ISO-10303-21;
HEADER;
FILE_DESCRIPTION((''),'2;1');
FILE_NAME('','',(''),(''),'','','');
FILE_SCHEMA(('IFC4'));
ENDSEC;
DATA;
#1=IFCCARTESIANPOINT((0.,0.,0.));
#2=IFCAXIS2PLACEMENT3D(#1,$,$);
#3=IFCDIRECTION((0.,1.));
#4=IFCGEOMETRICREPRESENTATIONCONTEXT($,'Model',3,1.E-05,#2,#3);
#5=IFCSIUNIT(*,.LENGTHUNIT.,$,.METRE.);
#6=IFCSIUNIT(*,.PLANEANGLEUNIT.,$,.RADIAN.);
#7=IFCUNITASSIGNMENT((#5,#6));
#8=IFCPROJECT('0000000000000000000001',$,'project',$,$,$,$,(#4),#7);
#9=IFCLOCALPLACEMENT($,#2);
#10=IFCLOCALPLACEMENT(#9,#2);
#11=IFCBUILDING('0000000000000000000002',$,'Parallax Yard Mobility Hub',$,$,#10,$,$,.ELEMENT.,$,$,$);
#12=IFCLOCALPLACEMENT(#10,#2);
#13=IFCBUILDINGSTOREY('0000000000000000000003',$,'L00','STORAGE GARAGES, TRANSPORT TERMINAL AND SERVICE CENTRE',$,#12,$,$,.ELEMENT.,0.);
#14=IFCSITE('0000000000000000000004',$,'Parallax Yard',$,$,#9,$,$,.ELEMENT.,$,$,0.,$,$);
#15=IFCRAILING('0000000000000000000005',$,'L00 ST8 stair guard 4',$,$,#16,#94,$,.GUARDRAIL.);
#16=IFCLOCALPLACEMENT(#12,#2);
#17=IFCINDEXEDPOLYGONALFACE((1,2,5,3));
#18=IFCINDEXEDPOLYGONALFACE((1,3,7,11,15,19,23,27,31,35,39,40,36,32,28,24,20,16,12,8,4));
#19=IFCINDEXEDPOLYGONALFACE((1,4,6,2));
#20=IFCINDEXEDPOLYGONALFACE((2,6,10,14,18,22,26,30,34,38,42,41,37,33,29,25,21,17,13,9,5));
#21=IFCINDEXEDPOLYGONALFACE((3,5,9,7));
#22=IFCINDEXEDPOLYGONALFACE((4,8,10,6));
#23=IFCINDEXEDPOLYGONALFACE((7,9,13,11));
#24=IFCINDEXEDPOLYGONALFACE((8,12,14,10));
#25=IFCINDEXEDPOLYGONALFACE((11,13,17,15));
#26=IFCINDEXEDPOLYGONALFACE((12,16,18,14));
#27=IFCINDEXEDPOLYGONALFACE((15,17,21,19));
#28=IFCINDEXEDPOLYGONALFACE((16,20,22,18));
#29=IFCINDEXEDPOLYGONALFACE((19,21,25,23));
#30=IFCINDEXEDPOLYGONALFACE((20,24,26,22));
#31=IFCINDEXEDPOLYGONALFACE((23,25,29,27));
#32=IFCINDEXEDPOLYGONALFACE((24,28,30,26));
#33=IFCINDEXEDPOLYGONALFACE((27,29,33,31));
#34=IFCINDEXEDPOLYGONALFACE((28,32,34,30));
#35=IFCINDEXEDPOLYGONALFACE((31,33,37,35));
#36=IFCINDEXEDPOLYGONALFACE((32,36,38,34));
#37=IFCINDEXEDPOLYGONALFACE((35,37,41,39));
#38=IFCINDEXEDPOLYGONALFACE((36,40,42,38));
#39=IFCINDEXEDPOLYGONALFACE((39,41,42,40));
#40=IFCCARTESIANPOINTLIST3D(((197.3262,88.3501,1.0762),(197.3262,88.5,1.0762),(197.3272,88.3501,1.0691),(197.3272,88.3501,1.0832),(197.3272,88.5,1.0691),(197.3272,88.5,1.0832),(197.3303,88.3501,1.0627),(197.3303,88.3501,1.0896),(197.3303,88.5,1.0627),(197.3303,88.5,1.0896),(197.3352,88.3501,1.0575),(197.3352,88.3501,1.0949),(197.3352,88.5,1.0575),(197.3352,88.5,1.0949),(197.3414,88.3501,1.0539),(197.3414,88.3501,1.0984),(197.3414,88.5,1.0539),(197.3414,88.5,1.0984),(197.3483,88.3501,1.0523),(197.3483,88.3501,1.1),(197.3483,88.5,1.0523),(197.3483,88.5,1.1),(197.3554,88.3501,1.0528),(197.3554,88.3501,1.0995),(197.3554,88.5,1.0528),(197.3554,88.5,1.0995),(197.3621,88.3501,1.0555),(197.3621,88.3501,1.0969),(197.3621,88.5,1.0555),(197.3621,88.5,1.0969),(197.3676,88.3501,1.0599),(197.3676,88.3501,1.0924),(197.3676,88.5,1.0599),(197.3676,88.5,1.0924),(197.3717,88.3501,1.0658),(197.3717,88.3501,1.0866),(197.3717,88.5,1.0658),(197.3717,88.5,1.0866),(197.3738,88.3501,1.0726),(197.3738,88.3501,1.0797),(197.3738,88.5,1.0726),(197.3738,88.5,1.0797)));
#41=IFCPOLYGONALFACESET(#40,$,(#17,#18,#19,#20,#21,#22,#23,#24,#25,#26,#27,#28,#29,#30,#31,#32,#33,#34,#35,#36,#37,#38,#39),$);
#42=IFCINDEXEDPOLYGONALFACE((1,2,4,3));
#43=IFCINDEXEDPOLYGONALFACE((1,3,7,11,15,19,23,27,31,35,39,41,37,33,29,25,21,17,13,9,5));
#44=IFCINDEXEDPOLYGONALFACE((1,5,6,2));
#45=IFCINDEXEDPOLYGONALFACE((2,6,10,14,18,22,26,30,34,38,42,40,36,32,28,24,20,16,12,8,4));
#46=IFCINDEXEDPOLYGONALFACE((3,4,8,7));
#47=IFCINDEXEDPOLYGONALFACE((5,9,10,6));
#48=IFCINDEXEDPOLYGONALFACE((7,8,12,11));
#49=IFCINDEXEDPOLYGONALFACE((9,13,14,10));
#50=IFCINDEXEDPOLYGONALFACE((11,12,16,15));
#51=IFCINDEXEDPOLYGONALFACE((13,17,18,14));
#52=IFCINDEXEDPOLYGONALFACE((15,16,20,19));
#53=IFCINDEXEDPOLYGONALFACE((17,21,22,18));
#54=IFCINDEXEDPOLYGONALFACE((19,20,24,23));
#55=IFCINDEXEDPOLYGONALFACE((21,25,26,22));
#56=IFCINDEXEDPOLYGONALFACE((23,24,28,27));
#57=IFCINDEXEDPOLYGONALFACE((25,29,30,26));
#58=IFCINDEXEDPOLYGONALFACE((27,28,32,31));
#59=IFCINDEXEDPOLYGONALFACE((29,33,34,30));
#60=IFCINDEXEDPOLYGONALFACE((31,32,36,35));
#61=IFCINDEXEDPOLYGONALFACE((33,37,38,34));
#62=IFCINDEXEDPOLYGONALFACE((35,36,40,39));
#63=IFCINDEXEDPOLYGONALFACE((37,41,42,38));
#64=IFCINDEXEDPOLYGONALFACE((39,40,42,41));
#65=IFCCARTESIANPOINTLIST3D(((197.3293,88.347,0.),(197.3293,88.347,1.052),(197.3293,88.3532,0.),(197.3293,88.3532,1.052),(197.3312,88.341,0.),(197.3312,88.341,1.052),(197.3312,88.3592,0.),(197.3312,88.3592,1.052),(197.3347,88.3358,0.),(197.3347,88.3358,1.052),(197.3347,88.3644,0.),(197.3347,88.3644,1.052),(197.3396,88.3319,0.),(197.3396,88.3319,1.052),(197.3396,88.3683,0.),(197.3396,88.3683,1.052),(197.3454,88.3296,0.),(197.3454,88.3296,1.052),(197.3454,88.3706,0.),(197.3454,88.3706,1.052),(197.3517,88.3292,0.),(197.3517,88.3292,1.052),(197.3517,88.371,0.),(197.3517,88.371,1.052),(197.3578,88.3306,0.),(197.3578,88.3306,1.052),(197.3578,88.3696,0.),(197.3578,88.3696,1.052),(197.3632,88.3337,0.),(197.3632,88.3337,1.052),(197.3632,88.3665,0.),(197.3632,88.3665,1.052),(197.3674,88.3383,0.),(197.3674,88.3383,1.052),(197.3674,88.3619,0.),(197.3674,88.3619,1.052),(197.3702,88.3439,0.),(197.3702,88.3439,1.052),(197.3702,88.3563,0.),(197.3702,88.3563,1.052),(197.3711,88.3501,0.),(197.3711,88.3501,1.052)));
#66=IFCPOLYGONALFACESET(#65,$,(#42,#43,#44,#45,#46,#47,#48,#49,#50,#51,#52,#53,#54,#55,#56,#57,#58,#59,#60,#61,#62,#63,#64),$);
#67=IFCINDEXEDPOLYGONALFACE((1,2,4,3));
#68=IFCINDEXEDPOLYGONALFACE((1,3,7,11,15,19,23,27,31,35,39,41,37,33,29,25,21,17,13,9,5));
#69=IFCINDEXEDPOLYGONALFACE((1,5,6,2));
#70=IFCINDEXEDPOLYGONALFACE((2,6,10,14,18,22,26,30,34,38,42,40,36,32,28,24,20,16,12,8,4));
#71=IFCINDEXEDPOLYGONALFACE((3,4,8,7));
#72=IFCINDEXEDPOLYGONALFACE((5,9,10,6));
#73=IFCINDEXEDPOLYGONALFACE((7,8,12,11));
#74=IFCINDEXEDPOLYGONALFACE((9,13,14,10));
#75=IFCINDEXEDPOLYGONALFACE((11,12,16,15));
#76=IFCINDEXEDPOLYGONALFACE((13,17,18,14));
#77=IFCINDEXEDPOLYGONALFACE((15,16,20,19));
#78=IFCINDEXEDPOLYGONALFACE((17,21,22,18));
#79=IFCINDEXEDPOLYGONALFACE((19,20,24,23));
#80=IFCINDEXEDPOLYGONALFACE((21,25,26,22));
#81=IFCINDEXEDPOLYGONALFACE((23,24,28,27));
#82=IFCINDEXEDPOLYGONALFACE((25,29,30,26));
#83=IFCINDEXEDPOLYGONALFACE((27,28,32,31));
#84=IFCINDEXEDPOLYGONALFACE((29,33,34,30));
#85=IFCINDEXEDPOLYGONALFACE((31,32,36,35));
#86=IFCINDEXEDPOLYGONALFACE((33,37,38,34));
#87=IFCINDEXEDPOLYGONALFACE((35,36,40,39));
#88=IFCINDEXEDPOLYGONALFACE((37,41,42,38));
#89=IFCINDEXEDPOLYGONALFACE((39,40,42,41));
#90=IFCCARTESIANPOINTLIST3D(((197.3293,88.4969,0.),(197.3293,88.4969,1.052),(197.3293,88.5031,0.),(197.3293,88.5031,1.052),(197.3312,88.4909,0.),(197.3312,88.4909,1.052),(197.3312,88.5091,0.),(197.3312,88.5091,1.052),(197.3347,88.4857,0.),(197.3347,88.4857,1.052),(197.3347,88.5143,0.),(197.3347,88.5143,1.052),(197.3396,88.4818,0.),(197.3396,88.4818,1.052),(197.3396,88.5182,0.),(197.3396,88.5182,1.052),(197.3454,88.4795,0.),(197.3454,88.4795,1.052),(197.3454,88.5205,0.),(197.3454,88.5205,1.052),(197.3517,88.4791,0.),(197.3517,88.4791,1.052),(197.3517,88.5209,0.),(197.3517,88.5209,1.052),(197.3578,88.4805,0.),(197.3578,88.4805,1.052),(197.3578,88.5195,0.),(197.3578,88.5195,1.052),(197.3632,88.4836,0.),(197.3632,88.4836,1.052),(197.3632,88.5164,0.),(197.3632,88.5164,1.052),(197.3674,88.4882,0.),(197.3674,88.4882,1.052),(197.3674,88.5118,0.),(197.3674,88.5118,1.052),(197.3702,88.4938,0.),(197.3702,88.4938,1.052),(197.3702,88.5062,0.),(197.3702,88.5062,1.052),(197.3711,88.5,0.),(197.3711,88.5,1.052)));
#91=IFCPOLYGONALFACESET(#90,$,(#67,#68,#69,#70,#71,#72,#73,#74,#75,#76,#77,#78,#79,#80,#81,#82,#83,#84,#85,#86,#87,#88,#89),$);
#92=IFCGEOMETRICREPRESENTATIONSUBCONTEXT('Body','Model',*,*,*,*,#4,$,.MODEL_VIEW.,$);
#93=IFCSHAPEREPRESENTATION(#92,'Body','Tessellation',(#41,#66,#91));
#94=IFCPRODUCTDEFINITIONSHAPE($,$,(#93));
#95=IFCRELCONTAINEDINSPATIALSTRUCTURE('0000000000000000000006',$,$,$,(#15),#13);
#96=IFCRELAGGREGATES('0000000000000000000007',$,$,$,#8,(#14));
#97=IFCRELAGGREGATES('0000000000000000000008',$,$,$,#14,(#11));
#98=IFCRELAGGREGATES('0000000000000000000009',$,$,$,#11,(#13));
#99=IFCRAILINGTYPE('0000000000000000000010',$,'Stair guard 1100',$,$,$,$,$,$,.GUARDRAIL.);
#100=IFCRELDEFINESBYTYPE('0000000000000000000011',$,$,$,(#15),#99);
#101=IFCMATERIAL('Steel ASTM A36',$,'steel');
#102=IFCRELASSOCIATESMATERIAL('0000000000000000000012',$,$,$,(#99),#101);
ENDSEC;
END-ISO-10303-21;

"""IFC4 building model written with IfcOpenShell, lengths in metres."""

from ifc_helpers import new_model, si_unit, direction, frame, origin, origin_2d, place, context, subcontext, project, spatial, circle, extrude, material, type_object, element, save


model = new_model("IFC4")

# Units and contexts
model_context = context("Model", 3, precision=1e-05, world=origin(), true_north=direction((0.0, 1.0)))
body_context = subcontext(model_context, "Body", "Model", "MODEL_VIEW")
ifc_project = project(units=[si_unit("LENGTHUNIT", "METRE"), si_unit("PLANEANGLEUNIT", "RADIAN")], contexts=[model_context])

# Site, building, storey
site_placement = place(None, origin())
site = spatial("IfcSite", under=ifc_project, at=site_placement, Name="Parallax Yard", CompositionType="ELEMENT", RefElevation=0.0)
building_placement = place(site_placement, origin())
building = spatial("IfcBuilding", under=site, at=building_placement, Name="Parallax Yard Mobility Hub", CompositionType="ELEMENT")
storey_placement = place(building_placement, origin())
storey = spatial("IfcBuildingStorey", under=building, at=storey_placement, Name="L00", Description="STORAGE GARAGES, TRANSPORT TERMINAL AND SERVICE CENTRE", CompositionType="ELEMENT", Elevation=0.0)

# Railing
ifc_material_1 = material(Name="Steel ASTM A36", Category="steel")
railing_type_1 = type_object("IfcRailingType", Name="Stair guard 1100", PredefinedType="GUARDRAIL", material=ifc_material_1)
railing_1_placement = place(storey_placement, frame((197.3501, 88.3501, 0.0)))
element("IfcRailing", 1, at=railing_1_placement, inside=storey, type_object=railing_type_1, Name="L00 ST8 stair guard 4", PredefinedType="GUARDRAIL", context=body_context, shape_type="SweptSolid", body=[
    extrude(circle(Radius=0.0239, at=origin_2d()), frame((0.0, 0.0, 1.0762), z_axis=(0.0, 1.0, 0.0), x_axis=(-1.0, 0.0, 0.0)), (0.0, 0.0, 1.0), 0.1499),
    extrude(circle(Radius=0.021, at=origin_2d()), origin(), (0.0, 0.0, 1.0), 1.052),
    extrude(circle(Radius=0.021, at=origin_2d()), frame((0.0, 0.1499, 0.0)), (0.0, 0.0, 1.0), 1.052),
])

save(model, "model.ifc")
